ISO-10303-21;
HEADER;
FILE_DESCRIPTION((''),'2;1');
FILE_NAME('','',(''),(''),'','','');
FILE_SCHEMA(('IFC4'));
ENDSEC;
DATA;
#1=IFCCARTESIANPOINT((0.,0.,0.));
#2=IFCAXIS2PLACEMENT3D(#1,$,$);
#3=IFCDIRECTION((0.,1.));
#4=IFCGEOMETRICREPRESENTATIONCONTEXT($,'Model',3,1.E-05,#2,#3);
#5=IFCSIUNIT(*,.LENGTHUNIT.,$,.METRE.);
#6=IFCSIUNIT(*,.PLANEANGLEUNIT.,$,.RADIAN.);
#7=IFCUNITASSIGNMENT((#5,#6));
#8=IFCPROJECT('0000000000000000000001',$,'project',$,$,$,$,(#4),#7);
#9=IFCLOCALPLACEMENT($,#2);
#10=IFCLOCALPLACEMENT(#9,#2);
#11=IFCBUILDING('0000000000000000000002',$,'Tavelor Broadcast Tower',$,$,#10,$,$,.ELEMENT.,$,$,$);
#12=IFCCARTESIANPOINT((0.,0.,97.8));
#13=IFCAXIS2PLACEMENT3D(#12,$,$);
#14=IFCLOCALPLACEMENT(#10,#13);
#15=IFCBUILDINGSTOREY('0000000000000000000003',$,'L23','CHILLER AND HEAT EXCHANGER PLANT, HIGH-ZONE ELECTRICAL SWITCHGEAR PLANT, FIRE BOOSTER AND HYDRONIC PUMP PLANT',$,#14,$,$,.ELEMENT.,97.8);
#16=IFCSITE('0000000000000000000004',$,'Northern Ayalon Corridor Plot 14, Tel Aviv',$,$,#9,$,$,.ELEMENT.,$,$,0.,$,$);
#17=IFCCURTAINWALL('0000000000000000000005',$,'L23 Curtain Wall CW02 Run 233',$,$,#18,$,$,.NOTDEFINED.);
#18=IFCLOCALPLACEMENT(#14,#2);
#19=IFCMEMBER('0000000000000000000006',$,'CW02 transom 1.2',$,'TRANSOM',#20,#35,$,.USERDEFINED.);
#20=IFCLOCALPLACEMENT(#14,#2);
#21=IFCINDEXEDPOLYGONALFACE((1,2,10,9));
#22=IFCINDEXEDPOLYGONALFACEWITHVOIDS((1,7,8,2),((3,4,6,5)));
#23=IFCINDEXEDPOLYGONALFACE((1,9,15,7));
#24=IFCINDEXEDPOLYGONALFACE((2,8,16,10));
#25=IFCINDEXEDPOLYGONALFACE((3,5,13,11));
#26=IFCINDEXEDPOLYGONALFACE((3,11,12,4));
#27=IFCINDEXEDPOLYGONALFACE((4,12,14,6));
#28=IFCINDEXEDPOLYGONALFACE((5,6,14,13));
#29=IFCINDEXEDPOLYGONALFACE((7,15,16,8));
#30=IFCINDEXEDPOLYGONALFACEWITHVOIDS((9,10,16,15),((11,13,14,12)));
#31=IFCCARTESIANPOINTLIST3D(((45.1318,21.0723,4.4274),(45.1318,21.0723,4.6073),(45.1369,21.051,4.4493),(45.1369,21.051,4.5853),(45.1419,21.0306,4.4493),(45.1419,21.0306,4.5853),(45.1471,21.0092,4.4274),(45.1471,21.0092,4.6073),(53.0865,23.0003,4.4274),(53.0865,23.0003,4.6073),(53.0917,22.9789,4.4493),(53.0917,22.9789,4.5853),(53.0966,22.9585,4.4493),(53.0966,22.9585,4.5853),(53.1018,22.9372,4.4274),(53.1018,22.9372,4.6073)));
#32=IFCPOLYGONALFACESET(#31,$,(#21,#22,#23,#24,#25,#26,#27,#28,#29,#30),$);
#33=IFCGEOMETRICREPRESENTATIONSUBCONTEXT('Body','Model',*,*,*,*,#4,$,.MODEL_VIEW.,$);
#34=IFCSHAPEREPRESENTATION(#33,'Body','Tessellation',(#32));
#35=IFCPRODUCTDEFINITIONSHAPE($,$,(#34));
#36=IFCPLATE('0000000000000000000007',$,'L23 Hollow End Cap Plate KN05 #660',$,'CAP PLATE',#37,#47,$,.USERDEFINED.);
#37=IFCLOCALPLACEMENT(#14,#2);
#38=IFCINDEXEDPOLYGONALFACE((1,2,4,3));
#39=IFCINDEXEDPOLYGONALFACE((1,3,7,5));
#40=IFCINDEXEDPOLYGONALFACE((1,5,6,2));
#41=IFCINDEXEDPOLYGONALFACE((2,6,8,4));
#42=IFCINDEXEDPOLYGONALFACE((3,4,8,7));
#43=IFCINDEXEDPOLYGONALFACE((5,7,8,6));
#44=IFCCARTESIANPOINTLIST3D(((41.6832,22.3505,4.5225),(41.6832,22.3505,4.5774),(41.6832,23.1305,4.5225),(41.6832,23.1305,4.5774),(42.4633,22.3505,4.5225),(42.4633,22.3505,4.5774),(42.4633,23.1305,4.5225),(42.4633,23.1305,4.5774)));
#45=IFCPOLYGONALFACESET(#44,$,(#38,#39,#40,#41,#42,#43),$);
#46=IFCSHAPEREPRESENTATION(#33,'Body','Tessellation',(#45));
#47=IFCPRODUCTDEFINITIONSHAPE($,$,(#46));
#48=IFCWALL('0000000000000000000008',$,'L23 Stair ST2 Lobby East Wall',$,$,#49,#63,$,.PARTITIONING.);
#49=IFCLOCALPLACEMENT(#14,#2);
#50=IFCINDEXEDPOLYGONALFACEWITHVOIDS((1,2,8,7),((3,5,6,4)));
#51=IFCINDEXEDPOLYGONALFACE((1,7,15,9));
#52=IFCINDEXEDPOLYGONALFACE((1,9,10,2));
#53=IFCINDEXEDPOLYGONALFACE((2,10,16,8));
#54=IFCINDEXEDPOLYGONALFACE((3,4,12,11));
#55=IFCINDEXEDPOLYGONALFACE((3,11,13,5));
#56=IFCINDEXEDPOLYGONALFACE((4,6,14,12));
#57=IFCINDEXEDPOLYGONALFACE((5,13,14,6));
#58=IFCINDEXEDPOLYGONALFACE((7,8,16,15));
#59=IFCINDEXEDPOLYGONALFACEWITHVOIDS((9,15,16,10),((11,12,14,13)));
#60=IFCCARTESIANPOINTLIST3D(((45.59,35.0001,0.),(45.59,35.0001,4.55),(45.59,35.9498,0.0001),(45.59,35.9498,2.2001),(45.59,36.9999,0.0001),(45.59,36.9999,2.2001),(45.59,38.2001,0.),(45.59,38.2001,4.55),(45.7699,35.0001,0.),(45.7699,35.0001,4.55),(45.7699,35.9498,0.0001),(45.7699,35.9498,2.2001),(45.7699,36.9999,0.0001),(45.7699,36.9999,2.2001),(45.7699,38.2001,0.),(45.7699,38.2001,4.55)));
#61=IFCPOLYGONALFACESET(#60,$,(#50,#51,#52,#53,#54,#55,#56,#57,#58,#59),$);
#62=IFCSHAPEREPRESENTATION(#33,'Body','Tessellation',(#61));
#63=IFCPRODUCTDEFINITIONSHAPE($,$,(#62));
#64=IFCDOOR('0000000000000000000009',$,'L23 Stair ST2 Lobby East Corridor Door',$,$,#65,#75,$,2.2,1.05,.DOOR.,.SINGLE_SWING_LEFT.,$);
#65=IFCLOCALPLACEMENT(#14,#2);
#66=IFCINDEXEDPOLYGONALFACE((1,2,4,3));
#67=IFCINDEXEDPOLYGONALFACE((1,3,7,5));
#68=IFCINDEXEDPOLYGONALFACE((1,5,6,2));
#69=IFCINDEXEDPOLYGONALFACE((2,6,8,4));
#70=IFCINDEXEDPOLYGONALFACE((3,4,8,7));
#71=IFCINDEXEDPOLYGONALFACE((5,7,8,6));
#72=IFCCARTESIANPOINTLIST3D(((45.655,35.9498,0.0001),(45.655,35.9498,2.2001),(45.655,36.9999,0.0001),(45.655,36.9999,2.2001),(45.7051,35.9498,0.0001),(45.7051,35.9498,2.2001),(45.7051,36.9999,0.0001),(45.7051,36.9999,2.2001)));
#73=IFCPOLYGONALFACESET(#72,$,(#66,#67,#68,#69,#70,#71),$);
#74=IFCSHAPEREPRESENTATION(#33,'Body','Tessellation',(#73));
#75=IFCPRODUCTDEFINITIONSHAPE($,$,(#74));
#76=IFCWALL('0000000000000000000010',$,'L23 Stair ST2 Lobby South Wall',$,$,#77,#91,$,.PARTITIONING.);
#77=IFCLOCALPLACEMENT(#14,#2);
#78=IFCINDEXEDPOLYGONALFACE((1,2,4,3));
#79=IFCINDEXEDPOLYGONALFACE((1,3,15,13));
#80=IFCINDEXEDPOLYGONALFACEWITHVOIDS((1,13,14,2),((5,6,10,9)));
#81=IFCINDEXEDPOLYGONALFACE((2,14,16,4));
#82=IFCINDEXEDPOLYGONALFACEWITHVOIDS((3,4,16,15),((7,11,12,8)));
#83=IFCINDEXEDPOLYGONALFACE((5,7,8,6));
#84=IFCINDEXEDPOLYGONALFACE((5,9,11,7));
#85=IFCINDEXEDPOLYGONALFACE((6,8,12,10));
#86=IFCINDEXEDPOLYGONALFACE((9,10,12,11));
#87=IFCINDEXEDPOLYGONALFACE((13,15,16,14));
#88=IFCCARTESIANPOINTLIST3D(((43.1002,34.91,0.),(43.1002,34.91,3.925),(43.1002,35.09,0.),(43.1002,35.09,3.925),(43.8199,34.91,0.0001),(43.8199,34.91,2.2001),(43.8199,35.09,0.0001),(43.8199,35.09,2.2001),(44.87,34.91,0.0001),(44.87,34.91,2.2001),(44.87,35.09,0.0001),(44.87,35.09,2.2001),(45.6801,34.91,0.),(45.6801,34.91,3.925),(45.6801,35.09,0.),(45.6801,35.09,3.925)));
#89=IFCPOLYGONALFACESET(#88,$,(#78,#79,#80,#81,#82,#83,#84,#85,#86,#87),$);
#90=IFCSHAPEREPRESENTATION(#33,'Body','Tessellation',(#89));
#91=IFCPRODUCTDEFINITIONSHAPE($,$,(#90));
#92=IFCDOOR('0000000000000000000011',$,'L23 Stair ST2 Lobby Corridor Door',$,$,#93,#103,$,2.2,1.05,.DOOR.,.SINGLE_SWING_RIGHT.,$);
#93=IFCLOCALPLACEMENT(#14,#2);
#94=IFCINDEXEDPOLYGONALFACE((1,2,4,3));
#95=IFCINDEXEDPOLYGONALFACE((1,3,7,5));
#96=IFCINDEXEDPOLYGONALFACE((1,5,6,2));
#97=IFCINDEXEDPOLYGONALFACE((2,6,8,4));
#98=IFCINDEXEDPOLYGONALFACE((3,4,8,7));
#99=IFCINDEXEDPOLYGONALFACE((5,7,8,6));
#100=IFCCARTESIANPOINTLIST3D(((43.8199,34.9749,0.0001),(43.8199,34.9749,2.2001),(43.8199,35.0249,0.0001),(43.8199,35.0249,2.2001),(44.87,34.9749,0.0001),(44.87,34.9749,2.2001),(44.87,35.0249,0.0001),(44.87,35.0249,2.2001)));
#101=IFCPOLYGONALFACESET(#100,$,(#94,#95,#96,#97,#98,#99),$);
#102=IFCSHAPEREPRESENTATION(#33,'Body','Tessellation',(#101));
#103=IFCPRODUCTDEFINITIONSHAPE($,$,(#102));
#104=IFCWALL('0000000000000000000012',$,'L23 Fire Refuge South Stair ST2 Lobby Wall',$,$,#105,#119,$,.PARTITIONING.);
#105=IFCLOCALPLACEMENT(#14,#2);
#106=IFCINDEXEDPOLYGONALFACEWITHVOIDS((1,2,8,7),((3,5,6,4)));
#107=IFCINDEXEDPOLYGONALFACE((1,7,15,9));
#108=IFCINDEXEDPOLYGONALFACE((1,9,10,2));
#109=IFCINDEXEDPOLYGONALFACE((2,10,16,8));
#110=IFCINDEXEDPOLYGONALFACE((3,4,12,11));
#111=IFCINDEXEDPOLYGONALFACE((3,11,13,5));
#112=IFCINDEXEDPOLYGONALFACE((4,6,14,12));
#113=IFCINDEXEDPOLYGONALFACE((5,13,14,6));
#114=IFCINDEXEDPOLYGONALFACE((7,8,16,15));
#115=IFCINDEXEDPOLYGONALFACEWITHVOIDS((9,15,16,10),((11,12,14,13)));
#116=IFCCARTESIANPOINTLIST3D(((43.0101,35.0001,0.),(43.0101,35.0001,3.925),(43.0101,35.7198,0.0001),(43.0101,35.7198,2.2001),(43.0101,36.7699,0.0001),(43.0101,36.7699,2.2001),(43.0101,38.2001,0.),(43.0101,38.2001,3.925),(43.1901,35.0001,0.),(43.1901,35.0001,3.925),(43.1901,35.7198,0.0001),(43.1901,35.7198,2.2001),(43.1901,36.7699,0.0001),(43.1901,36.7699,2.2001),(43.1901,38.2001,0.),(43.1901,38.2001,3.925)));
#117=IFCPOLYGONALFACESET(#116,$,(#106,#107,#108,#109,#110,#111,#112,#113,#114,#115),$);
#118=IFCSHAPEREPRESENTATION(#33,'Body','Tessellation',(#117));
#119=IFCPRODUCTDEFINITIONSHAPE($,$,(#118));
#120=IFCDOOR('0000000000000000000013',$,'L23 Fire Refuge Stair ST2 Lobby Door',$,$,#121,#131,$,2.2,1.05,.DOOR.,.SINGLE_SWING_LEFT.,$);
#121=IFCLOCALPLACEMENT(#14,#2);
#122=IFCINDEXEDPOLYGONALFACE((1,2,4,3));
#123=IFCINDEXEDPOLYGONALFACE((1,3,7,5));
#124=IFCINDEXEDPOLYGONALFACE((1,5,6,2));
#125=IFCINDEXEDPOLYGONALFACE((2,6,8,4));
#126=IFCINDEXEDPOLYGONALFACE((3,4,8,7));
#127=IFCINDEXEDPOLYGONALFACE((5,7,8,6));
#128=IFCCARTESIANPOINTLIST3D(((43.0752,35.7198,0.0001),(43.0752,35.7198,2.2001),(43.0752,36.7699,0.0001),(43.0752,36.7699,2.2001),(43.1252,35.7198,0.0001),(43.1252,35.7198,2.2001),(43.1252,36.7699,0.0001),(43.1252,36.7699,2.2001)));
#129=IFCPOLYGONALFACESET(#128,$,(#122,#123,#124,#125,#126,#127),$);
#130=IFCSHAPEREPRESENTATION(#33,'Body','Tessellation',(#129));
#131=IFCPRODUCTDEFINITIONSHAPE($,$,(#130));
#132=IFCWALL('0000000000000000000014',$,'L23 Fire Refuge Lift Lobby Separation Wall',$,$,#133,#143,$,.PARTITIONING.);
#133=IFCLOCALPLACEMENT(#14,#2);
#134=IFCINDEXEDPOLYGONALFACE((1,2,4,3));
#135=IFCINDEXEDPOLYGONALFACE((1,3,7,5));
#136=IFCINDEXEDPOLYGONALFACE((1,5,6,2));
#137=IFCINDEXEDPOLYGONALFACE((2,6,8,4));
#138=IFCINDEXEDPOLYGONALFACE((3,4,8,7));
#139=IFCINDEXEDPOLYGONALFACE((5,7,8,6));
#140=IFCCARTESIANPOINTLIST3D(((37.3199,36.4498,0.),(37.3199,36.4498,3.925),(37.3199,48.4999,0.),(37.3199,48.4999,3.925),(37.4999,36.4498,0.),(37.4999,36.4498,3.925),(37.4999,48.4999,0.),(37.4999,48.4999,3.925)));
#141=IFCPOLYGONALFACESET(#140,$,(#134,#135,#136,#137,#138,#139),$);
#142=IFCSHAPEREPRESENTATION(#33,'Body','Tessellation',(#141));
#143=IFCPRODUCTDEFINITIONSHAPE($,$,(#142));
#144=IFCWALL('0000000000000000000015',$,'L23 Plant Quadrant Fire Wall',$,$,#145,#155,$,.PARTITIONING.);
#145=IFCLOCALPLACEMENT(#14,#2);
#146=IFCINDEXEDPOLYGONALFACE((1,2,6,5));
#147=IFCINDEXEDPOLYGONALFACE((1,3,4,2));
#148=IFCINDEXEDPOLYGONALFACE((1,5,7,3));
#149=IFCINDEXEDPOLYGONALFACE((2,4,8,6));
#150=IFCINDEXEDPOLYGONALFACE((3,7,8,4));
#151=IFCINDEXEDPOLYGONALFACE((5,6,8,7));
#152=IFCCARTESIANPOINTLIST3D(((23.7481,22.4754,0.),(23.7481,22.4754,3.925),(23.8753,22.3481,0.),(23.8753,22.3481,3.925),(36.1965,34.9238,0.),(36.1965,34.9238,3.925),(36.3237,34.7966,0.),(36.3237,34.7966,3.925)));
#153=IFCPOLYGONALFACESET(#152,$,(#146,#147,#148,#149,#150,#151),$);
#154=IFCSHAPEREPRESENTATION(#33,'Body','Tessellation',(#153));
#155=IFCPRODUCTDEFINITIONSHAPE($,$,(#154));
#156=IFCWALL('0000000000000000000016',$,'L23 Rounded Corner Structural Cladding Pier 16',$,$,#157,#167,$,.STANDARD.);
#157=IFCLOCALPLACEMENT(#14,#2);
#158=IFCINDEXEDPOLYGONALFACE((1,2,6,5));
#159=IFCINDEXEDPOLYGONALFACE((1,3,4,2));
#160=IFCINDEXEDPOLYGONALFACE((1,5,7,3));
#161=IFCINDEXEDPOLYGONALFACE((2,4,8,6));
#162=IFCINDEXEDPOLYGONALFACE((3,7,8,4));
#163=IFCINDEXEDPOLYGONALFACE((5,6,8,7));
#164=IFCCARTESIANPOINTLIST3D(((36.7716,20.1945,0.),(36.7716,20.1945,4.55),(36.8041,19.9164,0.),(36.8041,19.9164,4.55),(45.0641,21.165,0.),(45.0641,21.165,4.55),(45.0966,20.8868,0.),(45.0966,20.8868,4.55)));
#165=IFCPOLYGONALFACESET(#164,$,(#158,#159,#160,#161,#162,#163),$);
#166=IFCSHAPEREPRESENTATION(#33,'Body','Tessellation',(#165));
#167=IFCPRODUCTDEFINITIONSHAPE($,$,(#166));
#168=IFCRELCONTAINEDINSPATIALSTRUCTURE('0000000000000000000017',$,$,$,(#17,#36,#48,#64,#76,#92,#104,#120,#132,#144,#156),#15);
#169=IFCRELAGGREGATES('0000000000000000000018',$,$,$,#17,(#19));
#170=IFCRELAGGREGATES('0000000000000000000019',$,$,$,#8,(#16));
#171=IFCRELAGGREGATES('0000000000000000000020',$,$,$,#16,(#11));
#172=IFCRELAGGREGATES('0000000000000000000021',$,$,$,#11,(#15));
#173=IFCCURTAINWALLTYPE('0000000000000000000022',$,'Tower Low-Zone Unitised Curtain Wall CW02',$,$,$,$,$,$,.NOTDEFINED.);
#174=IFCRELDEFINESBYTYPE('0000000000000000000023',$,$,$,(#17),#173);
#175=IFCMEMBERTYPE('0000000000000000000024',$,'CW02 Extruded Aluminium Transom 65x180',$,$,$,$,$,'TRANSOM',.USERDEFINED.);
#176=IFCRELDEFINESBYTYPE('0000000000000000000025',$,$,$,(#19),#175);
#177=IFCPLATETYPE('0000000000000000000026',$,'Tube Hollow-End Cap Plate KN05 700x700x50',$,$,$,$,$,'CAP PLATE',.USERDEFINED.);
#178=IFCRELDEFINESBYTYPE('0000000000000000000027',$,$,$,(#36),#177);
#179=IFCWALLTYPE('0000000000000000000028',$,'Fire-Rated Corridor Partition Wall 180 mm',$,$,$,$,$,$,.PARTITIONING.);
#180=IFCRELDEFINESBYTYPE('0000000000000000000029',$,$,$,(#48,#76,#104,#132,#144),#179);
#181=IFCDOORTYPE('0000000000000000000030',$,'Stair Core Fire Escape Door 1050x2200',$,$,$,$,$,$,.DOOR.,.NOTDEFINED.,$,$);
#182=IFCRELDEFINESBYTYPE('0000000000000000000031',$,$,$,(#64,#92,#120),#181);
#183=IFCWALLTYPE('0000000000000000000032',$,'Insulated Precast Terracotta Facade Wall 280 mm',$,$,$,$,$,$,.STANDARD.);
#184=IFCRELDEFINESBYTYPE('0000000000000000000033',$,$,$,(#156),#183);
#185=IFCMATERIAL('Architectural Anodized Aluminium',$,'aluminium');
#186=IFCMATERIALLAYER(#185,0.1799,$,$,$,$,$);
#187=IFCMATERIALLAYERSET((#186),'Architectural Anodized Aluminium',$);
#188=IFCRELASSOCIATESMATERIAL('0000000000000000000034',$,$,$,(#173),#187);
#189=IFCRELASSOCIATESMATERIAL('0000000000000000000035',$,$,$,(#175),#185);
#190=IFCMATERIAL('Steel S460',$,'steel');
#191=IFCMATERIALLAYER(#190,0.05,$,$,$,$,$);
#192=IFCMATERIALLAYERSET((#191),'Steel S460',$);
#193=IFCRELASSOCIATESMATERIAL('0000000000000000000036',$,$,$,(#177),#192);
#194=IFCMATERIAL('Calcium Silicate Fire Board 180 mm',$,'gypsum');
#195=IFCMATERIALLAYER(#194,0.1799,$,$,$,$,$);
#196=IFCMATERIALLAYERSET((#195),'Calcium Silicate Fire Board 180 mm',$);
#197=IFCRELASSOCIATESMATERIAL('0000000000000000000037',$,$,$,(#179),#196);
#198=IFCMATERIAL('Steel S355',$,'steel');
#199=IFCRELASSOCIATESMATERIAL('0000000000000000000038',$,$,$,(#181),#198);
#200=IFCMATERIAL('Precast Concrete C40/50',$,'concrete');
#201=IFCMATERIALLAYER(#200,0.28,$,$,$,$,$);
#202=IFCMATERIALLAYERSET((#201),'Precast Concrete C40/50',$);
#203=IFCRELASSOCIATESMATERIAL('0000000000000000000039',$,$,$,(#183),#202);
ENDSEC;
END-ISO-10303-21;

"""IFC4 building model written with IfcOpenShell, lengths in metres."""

from ifc_helpers import new_model, si_unit, direction, frame, frame_2d, origin, origin_2d, place, context, subcontext, project, spatial, rectangle, hollow_rectangle, extrude, source, transform, mapped, material, layer, layer_set, material_profile, profile_set, type_object, type_shapes, element, fill, aggregate, save


model = new_model("IFC4")

# Units and contexts
model_context = context("Model", 3, precision=1e-05, world=origin(), true_north=direction((0.0, 1.0)))
body_context = subcontext(model_context, "Body", "Model", "MODEL_VIEW")
ifc_project = project(units=[si_unit("LENGTHUNIT", "METRE"), si_unit("PLANEANGLEUNIT", "RADIAN")], contexts=[model_context])

# Site, building, storey
site_placement = place(None, origin())
site = spatial("IfcSite", under=ifc_project, at=site_placement, Name="Northern Ayalon Corridor Plot 14, Tel Aviv", CompositionType="ELEMENT", RefElevation=0.0)
building_placement = place(site_placement, origin())
building = spatial("IfcBuilding", under=site, at=building_placement, Name="Tavelor Broadcast Tower", CompositionType="ELEMENT")
storey_placement = place(building_placement, frame((0.0, 0.0, 97.8)))
storey = spatial("IfcBuildingStorey", under=building, at=storey_placement, Name="L23", Description="CHILLER AND HEAT EXCHANGER PLANT, HIGH-ZONE ELECTRICAL SWITCHGEAR PLANT, FIRE BOOSTER AND HYDRONIC PUMP PLANT", CompositionType="ELEMENT", Elevation=97.8)

# Shared definitions
ifc_material_1 = material(Name="Steel S460", Category="steel")

# Shared definitions
ifc_material_2 = material(Name="Steel S355", Category="steel")

# Curtain wall, member
ifc_material_3 = material(Name="Architectural Anodized Aluminium", Category="aluminium")
ifc_layer_1 = layer(ifc_material_3, 0.1799)
ifc_layer_set_1 = layer_set([ifc_layer_1], Name="Architectural Anodized Aluminium")
curtain_wall_type = type_object("IfcCurtainWallType", Name="Tower Low-Zone Unitised Curtain Wall CW02", PredefinedType="NOTDEFINED", material=ifc_layer_set_1)
curtain_wall_placement = place(storey_placement, origin())
curtain_wall = element("IfcCurtainWall", 1, at=curtain_wall_placement, inside=storey, type_object=curtain_wall_type, Name="L23 Curtain Wall CW02 Run 233", PredefinedType="NOTDEFINED")
ifc_material_profile_1 = material_profile(ifc_material_3, hollow_rectangle(XDim=0.0649, YDim=0.1799, WallThickness=0.022, at=origin_2d()), Name="RHS 65x180x22")
ifc_profile_set_1 = profile_set([ifc_material_profile_1], Name="Architectural Anodized Aluminium")
member_type_1 = type_object("IfcMemberType", Name="CW02 Extruded Aluminium Transom 65x180", ElementType="TRANSOM", PredefinedType="USERDEFINED", material=ifc_profile_set_1)
shared_shape_1 = source(origin(), body_context, "Body", "SweptSolid", [
    extrude(hollow_rectangle(XDim=0.0649, YDim=0.1799, WallThickness=0.022, at=origin_2d()), origin(), (0.0, 0.0, 1.0), 8.1851),
])
type_shapes(member_type_1, [shared_shape_1])
member_1_placement = place(storey_placement, frame((45.1394, 21.0408, 4.5173), z_axis=(0.971863, 0.235546, 0.0), x_axis=(-0.235546, 0.971863, 0.0)))
member_1 = element("IfcMember", 2, at=member_1_placement, type_object=member_type_1, Name="CW02 transom 1.2", ObjectType="TRANSOM", PredefinedType="USERDEFINED", context=body_context, shape_type="MappedRepresentation", body=[
    mapped(shared_shape_1, transform((0.0, 0.0, 0.0), scale=1.0)),
])
aggregate(curtain_wall, [member_1])

# Plate
ifc_layer_2 = layer(ifc_material_1, 0.05)
ifc_layer_set_2 = layer_set([ifc_layer_2], Name="Steel S460")
plate_type = type_object("IfcPlateType", Name="Tube Hollow-End Cap Plate KN05 700x700x50", ElementType="CAP PLATE", PredefinedType="USERDEFINED", material=ifc_layer_set_2)
shared_shape_2 = source(origin(), body_context, "Body", "SweptSolid", [
    extrude(rectangle(XDim=0.78, YDim=0.78, at=origin_2d()), origin(), (0.0, 0.0, 1.0), 0.0549),
])
type_shapes(plate_type, [shared_shape_2])
plate_placement = place(storey_placement, frame((42.0732, 22.7405, 4.5225), z_axis=(0.0, 0.0, 1.0), x_axis=(1.0, 0.0, 0.0)))
element("IfcPlate", 3, at=plate_placement, inside=storey, type_object=plate_type, Name="L23 Hollow End Cap Plate KN05 #660", ObjectType="CAP PLATE", PredefinedType="USERDEFINED", context=body_context, shape_type="MappedRepresentation", body=[
    mapped(shared_shape_2, transform((0.0, 0.0, 0.0), scale=1.0)),
])

# Walls, openings, doors
ifc_material_4 = material(Name="Calcium Silicate Fire Board 180 mm", Category="gypsum")
ifc_layer_3 = layer(ifc_material_4, 0.1799)
ifc_layer_set_3 = layer_set([ifc_layer_3], Name="Calcium Silicate Fire Board 180 mm")
wall_type_1 = type_object("IfcWallType", Name="Fire-Rated Corridor Partition Wall 180 mm", PredefinedType="PARTITIONING", material=ifc_layer_set_3)
wall_1_placement = place(storey_placement, frame((45.6799, 35.0, 0.0), z_axis=(0.0, 0.0, 1.0), x_axis=(0.0, 1.0, 0.0)))
wall_1 = element("IfcWall", 4, at=wall_1_placement, inside=storey, type_object=wall_type_1, Name="L23 Stair ST2 Lobby East Wall", PredefinedType="PARTITIONING", context=body_context, shape_type="SweptSolid", body=[
    extrude(rectangle(XDim=3.2, YDim=0.1799, at=frame_2d((1.6001, 0.0))), origin(), (0.0, 0.0, 1.0), 4.55),
])
opening_1_placement = place(wall_1_placement, frame((0.95, 0.0, 0.0)))
opening_1 = element("IfcOpeningElement", 5, at=opening_1_placement, cuts=wall_1, PredefinedType="OPENING", context=body_context, shape_type="SweptSolid", body=[
    extrude(rectangle(XDim=1.05, YDim=2.2, at=frame_2d((0.5249, 1.1001))), frame((0.0, 0.1001, 0.0), z_axis=(0.0, -1.0, 0.0), x_axis=(1.0, 0.0, 0.0)), (0.0, 0.0, 1.0), 0.2),
])
door_type = type_object("IfcDoorType", Name="Stair Core Fire Escape Door 1050x2200", OperationType="NOTDEFINED", PredefinedType="DOOR", material=ifc_material_2)
door_1_placement = place(opening_1_placement, origin())
door_1 = element("IfcDoor", 6, at=door_1_placement, inside=storey, type_object=door_type, Name="L23 Stair ST2 Lobby East Corridor Door", OperationType="SINGLE_SWING_LEFT", OverallHeight=2.2, OverallWidth=1.05, PredefinedType="DOOR", context=body_context, shape_type="SweptSolid", body=[
    extrude(rectangle(XDim=1.05, YDim=2.2, at=frame_2d((0.5249, 1.1001))), frame((0.0, 0.0249, 0.0), z_axis=(0.0, -1.0, 0.0), x_axis=(1.0, 0.0, 0.0)), (0.0, 0.0, 1.0), 0.05),
])
fill(opening_1, door_1)
wall_2_placement = place(storey_placement, frame((43.1001, 35.0, 0.0), z_axis=(0.0, 0.0, 1.0), x_axis=(1.0, 0.0, 0.0)))
wall_2 = element("IfcWall", 7, at=wall_2_placement, inside=storey, type_object=wall_type_1, Name="L23 Stair ST2 Lobby South Wall", PredefinedType="PARTITIONING", context=body_context, shape_type="SweptSolid", body=[
    extrude(rectangle(XDim=2.5798, YDim=0.1799, at=frame_2d((1.29, 0.0))), origin(), (0.0, 0.0, 1.0), 3.925),
])
opening_2_placement = place(wall_2_placement, frame((0.72, 0.0, 0.0)))
opening_2 = element("IfcOpeningElement", 8, at=opening_2_placement, cuts=wall_2, PredefinedType="OPENING", context=body_context, shape_type="SweptSolid", body=[
    extrude(rectangle(XDim=1.05, YDim=2.2, at=frame_2d((0.5249, 1.1001))), frame((0.0, 0.1001, 0.0), z_axis=(0.0, -1.0, 0.0), x_axis=(1.0, 0.0, 0.0)), (0.0, 0.0, 1.0), 0.2),
])
door_2_placement = place(opening_2_placement, origin())
door_2 = element("IfcDoor", 9, at=door_2_placement, inside=storey, type_object=door_type, Name="L23 Stair ST2 Lobby Corridor Door", OperationType="SINGLE_SWING_RIGHT", OverallHeight=2.2, OverallWidth=1.05, PredefinedType="DOOR", context=body_context, shape_type="SweptSolid", body=[
    extrude(rectangle(XDim=1.05, YDim=2.2, at=frame_2d((0.5249, 1.1001))), frame((0.0, 0.0249, 0.0), z_axis=(0.0, -1.0, 0.0), x_axis=(1.0, 0.0, 0.0)), (0.0, 0.0, 1.0), 0.05),
])
fill(opening_2, door_2)
wall_3_placement = place(storey_placement, frame((43.1001, 35.0, 0.0), z_axis=(0.0, 0.0, 1.0), x_axis=(0.0, 1.0, 0.0)))
wall_3 = element("IfcWall", 10, at=wall_3_placement, inside=storey, type_object=wall_type_1, Name="L23 Fire Refuge South Stair ST2 Lobby Wall", PredefinedType="PARTITIONING", context=body_context, shape_type="SweptSolid", body=[
    extrude(rectangle(XDim=3.2, YDim=0.1799, at=frame_2d((1.6001, 0.0))), origin(), (0.0, 0.0, 1.0), 3.925),
])
opening_3_placement = place(wall_3_placement, frame((0.72, 0.0, 0.0)))
opening_3 = element("IfcOpeningElement", 11, at=opening_3_placement, cuts=wall_3, PredefinedType="OPENING", context=body_context, shape_type="SweptSolid", body=[
    extrude(rectangle(XDim=1.05, YDim=2.2, at=frame_2d((0.5249, 1.1001))), frame((0.0, 0.1001, 0.0), z_axis=(0.0, -1.0, 0.0), x_axis=(1.0, 0.0, 0.0)), (0.0, 0.0, 1.0), 0.2),
])
door_3_placement = place(opening_3_placement, origin())
door_3 = element("IfcDoor", 12, at=door_3_placement, inside=storey, type_object=door_type, Name="L23 Fire Refuge Stair ST2 Lobby Door", OperationType="SINGLE_SWING_LEFT", OverallHeight=2.2, OverallWidth=1.05, PredefinedType="DOOR", context=body_context, shape_type="SweptSolid", body=[
    extrude(rectangle(XDim=1.05, YDim=2.2, at=frame_2d((0.5249, 1.1001))), frame((0.0, 0.0249, 0.0), z_axis=(0.0, -1.0, 0.0), x_axis=(1.0, 0.0, 0.0)), (0.0, 0.0, 1.0), 0.05),
])
fill(opening_3, door_3)

# Walls
wall_4_placement = place(storey_placement, frame((37.4099, 36.45, 0.0), z_axis=(0.0, 0.0, 1.0), x_axis=(0.0, 1.0, 0.0)))
element("IfcWall", 13, at=wall_4_placement, inside=storey, type_object=wall_type_1, Name="L23 Fire Refuge Lift Lobby Separation Wall", PredefinedType="PARTITIONING", context=body_context, shape_type="SweptSolid", body=[
    extrude(rectangle(XDim=12.05, YDim=0.1799, at=frame_2d((6.0249, 0.0))), origin(), (0.0, 0.0, 1.0), 3.925),
])
wall_5_placement = place(storey_placement, frame((36.26, 34.8601, 0.0), z_axis=(0.0, 0.0, 1.0), x_axis=(-0.707107, -0.707107, 0.0)))
element("IfcWall", 14, at=wall_5_placement, inside=storey, type_object=wall_type_1, Name="L23 Plant Quadrant Fire Wall", PredefinedType="PARTITIONING", context=body_context, shape_type="SweptSolid", body=[
    extrude(rectangle(XDim=17.6047, YDim=0.1799, at=frame_2d((8.8022, 0.0))), origin(), (0.0, 0.0, 1.0), 3.925),
])
ifc_material_5 = material(Name="Precast Concrete C40/50", Category="concrete")
ifc_layer_4 = layer(ifc_material_5, 0.28)
ifc_layer_set_4 = layer_set([ifc_layer_4], Name="Precast Concrete C40/50")
wall_type_2 = type_object("IfcWallType", Name="Insulated Precast Terracotta Facade Wall 280 mm", PredefinedType="STANDARD", material=ifc_layer_set_4)
wall_6_placement = place(storey_placement, frame((36.7878, 20.0554, 0.0), z_axis=(0.0, 0.0, 1.0), x_axis=(0.993222, 0.116236, 0.0)))
element("IfcWall", 15, at=wall_6_placement, inside=storey, type_object=wall_type_2, Name="L23 Rounded Corner Structural Cladding Pier 16", PredefinedType="STANDARD", context=body_context, shape_type="SweptSolid", body=[
    extrude(rectangle(XDim=8.3491, YDim=0.28, at=frame_2d((4.1746, 0.0))), origin(), (0.0, 0.0, 1.0), 4.55),
])

save(model, "model.ifc")
